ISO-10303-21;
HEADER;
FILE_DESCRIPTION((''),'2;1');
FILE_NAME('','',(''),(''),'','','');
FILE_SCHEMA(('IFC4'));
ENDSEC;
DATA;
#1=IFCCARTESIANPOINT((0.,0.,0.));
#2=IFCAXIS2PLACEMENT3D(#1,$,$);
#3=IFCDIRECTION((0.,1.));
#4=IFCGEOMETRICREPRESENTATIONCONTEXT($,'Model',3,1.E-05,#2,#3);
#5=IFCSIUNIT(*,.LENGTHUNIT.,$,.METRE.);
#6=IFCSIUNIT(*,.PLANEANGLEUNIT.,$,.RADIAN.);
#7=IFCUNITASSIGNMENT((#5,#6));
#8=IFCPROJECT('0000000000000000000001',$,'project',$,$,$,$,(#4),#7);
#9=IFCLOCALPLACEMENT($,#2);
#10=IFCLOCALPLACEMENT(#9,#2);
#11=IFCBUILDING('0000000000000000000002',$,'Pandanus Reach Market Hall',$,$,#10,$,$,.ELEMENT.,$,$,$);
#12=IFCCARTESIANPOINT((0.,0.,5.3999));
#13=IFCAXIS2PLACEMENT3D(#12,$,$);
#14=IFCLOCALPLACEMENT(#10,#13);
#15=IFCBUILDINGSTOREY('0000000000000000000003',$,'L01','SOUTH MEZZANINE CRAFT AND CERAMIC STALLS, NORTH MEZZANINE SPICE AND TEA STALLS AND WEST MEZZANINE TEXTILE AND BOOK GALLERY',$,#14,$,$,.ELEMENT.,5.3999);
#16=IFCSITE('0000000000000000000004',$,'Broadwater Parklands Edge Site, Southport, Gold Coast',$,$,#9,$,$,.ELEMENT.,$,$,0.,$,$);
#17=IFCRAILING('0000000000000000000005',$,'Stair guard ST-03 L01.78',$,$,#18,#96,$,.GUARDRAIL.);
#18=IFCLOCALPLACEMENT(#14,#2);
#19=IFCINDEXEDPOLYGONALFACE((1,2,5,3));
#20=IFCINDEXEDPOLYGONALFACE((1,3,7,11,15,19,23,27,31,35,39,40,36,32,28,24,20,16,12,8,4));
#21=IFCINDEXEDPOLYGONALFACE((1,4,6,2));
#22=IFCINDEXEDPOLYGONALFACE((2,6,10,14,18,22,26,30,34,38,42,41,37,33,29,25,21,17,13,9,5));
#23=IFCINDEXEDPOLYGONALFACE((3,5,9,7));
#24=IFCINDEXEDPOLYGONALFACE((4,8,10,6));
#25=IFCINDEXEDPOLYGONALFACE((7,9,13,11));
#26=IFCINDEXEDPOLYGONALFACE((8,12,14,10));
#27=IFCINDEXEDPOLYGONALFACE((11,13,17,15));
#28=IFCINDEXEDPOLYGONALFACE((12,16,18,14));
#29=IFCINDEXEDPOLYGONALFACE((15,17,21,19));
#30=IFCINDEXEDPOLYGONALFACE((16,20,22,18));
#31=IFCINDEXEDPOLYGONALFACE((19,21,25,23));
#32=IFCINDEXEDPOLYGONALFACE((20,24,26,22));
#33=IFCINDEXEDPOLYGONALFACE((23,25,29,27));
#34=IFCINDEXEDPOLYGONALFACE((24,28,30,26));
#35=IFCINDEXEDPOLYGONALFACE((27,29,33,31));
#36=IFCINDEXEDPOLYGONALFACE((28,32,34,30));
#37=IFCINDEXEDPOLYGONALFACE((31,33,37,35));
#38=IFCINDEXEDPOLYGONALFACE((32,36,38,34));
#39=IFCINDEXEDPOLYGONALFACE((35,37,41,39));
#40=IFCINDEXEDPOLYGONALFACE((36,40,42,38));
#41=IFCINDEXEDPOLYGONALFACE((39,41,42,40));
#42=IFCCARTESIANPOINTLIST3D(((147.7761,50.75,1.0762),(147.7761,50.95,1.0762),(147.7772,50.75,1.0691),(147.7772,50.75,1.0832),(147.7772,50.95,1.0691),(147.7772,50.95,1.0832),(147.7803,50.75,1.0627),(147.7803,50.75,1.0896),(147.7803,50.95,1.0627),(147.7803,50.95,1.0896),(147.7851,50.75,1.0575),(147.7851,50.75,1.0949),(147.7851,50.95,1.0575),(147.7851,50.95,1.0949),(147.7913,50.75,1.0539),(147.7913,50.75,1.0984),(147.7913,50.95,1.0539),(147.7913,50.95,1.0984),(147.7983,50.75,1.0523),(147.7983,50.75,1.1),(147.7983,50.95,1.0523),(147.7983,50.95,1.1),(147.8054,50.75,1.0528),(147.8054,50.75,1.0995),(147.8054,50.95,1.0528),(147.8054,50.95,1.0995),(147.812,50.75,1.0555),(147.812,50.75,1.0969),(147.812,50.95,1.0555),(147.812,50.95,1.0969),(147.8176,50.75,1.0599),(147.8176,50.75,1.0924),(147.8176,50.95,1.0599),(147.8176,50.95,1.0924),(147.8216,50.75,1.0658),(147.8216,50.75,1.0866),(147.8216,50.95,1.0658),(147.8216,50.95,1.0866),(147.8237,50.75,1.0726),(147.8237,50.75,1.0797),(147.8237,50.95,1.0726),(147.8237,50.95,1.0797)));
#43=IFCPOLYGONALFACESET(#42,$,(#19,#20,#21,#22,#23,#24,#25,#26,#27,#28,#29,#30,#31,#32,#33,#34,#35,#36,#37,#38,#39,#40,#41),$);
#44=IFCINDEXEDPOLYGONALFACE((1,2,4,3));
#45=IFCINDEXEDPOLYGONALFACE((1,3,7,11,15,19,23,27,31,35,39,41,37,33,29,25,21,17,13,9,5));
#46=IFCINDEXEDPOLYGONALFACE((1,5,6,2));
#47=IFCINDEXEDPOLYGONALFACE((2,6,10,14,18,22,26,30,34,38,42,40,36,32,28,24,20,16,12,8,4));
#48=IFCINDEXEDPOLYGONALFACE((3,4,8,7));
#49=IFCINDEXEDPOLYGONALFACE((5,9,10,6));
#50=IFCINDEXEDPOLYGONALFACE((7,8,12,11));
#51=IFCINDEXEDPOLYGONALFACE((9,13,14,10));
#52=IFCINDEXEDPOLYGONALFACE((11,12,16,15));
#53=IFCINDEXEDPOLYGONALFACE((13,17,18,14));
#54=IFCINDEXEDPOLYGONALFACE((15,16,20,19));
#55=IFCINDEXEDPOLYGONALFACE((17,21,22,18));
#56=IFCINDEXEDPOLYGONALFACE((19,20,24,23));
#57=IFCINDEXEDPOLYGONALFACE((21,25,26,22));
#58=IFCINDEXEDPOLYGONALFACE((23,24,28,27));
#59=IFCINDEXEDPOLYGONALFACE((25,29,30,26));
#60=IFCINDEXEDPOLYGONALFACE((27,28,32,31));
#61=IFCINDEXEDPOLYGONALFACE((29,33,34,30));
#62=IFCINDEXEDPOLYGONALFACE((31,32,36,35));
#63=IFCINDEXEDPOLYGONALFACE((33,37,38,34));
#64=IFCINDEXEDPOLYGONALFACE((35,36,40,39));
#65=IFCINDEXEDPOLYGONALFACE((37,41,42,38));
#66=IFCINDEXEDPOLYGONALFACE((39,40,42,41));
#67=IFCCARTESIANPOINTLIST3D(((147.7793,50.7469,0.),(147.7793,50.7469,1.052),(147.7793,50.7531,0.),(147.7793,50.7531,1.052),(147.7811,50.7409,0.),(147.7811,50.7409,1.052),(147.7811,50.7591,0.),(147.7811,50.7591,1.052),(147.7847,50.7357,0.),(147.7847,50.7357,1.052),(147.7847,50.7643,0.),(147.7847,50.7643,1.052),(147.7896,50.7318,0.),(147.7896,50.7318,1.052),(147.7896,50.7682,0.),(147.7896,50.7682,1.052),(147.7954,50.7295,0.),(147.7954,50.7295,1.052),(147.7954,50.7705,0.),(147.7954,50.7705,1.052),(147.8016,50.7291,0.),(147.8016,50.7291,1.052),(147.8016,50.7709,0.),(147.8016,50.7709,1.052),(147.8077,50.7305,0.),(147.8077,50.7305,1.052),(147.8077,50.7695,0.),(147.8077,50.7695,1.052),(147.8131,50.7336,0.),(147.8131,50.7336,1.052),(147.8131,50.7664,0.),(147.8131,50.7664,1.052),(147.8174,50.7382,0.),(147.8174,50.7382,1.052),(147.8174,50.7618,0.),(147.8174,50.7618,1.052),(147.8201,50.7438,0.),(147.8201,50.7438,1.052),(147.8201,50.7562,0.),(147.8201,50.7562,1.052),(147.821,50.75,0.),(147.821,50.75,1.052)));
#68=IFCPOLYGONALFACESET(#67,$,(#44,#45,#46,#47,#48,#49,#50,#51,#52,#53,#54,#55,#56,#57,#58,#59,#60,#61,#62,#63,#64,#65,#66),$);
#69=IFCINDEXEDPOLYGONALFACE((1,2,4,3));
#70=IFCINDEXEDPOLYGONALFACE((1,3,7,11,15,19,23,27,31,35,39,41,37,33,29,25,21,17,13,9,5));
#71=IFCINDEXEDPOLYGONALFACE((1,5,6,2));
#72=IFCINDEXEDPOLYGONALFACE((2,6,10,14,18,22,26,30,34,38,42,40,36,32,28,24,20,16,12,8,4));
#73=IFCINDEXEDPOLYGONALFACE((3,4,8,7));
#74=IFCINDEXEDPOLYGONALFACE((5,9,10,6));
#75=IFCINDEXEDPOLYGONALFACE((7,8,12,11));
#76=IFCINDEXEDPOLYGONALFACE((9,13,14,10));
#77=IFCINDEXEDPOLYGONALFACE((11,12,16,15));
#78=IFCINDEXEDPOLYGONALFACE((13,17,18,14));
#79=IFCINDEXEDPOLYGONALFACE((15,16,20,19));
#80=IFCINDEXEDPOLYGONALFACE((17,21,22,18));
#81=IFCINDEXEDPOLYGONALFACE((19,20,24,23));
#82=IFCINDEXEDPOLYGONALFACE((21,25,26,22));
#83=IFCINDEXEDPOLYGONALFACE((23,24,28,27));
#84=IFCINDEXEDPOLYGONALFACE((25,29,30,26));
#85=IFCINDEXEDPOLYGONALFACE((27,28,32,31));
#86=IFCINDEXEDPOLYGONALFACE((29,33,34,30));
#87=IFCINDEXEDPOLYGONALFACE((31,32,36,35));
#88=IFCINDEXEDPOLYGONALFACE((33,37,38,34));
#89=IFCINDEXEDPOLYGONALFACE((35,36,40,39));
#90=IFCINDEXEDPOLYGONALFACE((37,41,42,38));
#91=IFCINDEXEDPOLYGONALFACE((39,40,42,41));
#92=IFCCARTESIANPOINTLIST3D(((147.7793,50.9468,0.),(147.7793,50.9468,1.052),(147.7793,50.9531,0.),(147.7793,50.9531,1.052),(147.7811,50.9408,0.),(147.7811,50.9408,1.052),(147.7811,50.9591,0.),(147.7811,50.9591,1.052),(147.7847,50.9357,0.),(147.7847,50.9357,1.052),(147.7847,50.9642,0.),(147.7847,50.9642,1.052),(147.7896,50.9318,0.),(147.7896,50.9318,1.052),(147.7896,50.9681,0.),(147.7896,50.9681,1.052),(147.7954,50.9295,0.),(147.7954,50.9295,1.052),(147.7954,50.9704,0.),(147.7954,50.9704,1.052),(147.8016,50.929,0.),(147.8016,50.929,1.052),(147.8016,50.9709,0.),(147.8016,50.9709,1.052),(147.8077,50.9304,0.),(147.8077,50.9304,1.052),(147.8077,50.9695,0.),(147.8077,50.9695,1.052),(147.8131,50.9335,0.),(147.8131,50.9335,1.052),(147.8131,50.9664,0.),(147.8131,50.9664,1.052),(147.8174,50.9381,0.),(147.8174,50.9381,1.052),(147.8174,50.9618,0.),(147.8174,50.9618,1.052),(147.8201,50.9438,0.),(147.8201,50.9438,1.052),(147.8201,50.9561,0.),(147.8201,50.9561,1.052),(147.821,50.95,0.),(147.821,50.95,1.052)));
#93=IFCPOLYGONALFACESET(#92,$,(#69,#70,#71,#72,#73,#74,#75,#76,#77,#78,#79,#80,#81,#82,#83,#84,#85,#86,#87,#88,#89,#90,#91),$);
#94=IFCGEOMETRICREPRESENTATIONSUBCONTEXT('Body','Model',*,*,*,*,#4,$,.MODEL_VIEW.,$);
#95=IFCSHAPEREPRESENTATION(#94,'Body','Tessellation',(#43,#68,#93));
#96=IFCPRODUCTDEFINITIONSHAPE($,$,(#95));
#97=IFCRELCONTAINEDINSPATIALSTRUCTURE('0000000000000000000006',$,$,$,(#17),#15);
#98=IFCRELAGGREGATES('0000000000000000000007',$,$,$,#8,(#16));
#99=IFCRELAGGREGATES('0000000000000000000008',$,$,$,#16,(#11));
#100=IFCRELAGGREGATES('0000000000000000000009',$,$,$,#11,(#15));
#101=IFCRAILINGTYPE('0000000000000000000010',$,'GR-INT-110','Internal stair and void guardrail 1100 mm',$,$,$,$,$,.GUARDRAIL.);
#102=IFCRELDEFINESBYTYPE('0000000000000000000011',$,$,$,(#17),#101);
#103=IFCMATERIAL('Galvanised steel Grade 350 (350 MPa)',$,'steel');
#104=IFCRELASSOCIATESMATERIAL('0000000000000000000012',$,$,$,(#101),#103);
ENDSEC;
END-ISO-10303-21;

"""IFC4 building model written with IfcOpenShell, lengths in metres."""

from ifc_helpers import new_model, si_unit, direction, frame, origin, origin_2d, place, context, subcontext, project, spatial, circle, extrude, material, type_object, element, save


model = new_model("IFC4")

# Units and contexts
model_context = context("Model", 3, precision=1e-05, world=origin(), true_north=direction((0.0, 1.0)))
body_context = subcontext(model_context, "Body", "Model", "MODEL_VIEW")
ifc_project = project(units=[si_unit("LENGTHUNIT", "METRE"), si_unit("PLANEANGLEUNIT", "RADIAN")], contexts=[model_context])

# Site, building, storey
site_placement = place(None, origin())
site = spatial("IfcSite", under=ifc_project, at=site_placement, Name="Broadwater Parklands Edge Site, Southport, Gold Coast", CompositionType="ELEMENT", RefElevation=0.0)
building_placement = place(site_placement, origin())
building = spatial("IfcBuilding", under=site, at=building_placement, Name="Pandanus Reach Market Hall", CompositionType="ELEMENT")
storey_placement = place(building_placement, frame((0.0, 0.0, 5.3999)))
storey = spatial("IfcBuildingStorey", under=building, at=storey_placement, Name="L01", Description="SOUTH MEZZANINE CRAFT AND CERAMIC STALLS, NORTH MEZZANINE SPICE AND TEA STALLS AND WEST MEZZANINE TEXTILE AND BOOK GALLERY", CompositionType="ELEMENT", Elevation=5.3999)

# Railing
ifc_material_1 = material(Name="Galvanised steel Grade 350 (350 MPa)", Category="steel")
railing_type_1 = type_object("IfcRailingType", Name="GR-INT-110", Description="Internal stair and void guardrail 1100 mm", PredefinedType="GUARDRAIL", material=ifc_material_1)
railing_1_placement = place(storey_placement, frame((147.8, 50.75, 0.0)))
element("IfcRailing", 1, at=railing_1_placement, inside=storey, type_object=railing_type_1, Name="Stair guard ST-03 L01.78", PredefinedType="GUARDRAIL", context=body_context, shape_type="SweptSolid", body=[
    extrude(circle(Radius=0.0239, at=origin_2d()), frame((0.0, 0.0, 1.0762), z_axis=(0.0, 1.0, 0.0), x_axis=(-1.0, 0.0, 0.0)), (0.0, 0.0, 1.0), 0.2),
    extrude(circle(Radius=0.021, at=origin_2d()), origin(), (0.0, 0.0, 1.0), 1.052),
    extrude(circle(Radius=0.021, at=origin_2d()), frame((0.0, 0.2, 0.0)), (0.0, 0.0, 1.0), 1.052),
])

save(model, "model.ifc")
